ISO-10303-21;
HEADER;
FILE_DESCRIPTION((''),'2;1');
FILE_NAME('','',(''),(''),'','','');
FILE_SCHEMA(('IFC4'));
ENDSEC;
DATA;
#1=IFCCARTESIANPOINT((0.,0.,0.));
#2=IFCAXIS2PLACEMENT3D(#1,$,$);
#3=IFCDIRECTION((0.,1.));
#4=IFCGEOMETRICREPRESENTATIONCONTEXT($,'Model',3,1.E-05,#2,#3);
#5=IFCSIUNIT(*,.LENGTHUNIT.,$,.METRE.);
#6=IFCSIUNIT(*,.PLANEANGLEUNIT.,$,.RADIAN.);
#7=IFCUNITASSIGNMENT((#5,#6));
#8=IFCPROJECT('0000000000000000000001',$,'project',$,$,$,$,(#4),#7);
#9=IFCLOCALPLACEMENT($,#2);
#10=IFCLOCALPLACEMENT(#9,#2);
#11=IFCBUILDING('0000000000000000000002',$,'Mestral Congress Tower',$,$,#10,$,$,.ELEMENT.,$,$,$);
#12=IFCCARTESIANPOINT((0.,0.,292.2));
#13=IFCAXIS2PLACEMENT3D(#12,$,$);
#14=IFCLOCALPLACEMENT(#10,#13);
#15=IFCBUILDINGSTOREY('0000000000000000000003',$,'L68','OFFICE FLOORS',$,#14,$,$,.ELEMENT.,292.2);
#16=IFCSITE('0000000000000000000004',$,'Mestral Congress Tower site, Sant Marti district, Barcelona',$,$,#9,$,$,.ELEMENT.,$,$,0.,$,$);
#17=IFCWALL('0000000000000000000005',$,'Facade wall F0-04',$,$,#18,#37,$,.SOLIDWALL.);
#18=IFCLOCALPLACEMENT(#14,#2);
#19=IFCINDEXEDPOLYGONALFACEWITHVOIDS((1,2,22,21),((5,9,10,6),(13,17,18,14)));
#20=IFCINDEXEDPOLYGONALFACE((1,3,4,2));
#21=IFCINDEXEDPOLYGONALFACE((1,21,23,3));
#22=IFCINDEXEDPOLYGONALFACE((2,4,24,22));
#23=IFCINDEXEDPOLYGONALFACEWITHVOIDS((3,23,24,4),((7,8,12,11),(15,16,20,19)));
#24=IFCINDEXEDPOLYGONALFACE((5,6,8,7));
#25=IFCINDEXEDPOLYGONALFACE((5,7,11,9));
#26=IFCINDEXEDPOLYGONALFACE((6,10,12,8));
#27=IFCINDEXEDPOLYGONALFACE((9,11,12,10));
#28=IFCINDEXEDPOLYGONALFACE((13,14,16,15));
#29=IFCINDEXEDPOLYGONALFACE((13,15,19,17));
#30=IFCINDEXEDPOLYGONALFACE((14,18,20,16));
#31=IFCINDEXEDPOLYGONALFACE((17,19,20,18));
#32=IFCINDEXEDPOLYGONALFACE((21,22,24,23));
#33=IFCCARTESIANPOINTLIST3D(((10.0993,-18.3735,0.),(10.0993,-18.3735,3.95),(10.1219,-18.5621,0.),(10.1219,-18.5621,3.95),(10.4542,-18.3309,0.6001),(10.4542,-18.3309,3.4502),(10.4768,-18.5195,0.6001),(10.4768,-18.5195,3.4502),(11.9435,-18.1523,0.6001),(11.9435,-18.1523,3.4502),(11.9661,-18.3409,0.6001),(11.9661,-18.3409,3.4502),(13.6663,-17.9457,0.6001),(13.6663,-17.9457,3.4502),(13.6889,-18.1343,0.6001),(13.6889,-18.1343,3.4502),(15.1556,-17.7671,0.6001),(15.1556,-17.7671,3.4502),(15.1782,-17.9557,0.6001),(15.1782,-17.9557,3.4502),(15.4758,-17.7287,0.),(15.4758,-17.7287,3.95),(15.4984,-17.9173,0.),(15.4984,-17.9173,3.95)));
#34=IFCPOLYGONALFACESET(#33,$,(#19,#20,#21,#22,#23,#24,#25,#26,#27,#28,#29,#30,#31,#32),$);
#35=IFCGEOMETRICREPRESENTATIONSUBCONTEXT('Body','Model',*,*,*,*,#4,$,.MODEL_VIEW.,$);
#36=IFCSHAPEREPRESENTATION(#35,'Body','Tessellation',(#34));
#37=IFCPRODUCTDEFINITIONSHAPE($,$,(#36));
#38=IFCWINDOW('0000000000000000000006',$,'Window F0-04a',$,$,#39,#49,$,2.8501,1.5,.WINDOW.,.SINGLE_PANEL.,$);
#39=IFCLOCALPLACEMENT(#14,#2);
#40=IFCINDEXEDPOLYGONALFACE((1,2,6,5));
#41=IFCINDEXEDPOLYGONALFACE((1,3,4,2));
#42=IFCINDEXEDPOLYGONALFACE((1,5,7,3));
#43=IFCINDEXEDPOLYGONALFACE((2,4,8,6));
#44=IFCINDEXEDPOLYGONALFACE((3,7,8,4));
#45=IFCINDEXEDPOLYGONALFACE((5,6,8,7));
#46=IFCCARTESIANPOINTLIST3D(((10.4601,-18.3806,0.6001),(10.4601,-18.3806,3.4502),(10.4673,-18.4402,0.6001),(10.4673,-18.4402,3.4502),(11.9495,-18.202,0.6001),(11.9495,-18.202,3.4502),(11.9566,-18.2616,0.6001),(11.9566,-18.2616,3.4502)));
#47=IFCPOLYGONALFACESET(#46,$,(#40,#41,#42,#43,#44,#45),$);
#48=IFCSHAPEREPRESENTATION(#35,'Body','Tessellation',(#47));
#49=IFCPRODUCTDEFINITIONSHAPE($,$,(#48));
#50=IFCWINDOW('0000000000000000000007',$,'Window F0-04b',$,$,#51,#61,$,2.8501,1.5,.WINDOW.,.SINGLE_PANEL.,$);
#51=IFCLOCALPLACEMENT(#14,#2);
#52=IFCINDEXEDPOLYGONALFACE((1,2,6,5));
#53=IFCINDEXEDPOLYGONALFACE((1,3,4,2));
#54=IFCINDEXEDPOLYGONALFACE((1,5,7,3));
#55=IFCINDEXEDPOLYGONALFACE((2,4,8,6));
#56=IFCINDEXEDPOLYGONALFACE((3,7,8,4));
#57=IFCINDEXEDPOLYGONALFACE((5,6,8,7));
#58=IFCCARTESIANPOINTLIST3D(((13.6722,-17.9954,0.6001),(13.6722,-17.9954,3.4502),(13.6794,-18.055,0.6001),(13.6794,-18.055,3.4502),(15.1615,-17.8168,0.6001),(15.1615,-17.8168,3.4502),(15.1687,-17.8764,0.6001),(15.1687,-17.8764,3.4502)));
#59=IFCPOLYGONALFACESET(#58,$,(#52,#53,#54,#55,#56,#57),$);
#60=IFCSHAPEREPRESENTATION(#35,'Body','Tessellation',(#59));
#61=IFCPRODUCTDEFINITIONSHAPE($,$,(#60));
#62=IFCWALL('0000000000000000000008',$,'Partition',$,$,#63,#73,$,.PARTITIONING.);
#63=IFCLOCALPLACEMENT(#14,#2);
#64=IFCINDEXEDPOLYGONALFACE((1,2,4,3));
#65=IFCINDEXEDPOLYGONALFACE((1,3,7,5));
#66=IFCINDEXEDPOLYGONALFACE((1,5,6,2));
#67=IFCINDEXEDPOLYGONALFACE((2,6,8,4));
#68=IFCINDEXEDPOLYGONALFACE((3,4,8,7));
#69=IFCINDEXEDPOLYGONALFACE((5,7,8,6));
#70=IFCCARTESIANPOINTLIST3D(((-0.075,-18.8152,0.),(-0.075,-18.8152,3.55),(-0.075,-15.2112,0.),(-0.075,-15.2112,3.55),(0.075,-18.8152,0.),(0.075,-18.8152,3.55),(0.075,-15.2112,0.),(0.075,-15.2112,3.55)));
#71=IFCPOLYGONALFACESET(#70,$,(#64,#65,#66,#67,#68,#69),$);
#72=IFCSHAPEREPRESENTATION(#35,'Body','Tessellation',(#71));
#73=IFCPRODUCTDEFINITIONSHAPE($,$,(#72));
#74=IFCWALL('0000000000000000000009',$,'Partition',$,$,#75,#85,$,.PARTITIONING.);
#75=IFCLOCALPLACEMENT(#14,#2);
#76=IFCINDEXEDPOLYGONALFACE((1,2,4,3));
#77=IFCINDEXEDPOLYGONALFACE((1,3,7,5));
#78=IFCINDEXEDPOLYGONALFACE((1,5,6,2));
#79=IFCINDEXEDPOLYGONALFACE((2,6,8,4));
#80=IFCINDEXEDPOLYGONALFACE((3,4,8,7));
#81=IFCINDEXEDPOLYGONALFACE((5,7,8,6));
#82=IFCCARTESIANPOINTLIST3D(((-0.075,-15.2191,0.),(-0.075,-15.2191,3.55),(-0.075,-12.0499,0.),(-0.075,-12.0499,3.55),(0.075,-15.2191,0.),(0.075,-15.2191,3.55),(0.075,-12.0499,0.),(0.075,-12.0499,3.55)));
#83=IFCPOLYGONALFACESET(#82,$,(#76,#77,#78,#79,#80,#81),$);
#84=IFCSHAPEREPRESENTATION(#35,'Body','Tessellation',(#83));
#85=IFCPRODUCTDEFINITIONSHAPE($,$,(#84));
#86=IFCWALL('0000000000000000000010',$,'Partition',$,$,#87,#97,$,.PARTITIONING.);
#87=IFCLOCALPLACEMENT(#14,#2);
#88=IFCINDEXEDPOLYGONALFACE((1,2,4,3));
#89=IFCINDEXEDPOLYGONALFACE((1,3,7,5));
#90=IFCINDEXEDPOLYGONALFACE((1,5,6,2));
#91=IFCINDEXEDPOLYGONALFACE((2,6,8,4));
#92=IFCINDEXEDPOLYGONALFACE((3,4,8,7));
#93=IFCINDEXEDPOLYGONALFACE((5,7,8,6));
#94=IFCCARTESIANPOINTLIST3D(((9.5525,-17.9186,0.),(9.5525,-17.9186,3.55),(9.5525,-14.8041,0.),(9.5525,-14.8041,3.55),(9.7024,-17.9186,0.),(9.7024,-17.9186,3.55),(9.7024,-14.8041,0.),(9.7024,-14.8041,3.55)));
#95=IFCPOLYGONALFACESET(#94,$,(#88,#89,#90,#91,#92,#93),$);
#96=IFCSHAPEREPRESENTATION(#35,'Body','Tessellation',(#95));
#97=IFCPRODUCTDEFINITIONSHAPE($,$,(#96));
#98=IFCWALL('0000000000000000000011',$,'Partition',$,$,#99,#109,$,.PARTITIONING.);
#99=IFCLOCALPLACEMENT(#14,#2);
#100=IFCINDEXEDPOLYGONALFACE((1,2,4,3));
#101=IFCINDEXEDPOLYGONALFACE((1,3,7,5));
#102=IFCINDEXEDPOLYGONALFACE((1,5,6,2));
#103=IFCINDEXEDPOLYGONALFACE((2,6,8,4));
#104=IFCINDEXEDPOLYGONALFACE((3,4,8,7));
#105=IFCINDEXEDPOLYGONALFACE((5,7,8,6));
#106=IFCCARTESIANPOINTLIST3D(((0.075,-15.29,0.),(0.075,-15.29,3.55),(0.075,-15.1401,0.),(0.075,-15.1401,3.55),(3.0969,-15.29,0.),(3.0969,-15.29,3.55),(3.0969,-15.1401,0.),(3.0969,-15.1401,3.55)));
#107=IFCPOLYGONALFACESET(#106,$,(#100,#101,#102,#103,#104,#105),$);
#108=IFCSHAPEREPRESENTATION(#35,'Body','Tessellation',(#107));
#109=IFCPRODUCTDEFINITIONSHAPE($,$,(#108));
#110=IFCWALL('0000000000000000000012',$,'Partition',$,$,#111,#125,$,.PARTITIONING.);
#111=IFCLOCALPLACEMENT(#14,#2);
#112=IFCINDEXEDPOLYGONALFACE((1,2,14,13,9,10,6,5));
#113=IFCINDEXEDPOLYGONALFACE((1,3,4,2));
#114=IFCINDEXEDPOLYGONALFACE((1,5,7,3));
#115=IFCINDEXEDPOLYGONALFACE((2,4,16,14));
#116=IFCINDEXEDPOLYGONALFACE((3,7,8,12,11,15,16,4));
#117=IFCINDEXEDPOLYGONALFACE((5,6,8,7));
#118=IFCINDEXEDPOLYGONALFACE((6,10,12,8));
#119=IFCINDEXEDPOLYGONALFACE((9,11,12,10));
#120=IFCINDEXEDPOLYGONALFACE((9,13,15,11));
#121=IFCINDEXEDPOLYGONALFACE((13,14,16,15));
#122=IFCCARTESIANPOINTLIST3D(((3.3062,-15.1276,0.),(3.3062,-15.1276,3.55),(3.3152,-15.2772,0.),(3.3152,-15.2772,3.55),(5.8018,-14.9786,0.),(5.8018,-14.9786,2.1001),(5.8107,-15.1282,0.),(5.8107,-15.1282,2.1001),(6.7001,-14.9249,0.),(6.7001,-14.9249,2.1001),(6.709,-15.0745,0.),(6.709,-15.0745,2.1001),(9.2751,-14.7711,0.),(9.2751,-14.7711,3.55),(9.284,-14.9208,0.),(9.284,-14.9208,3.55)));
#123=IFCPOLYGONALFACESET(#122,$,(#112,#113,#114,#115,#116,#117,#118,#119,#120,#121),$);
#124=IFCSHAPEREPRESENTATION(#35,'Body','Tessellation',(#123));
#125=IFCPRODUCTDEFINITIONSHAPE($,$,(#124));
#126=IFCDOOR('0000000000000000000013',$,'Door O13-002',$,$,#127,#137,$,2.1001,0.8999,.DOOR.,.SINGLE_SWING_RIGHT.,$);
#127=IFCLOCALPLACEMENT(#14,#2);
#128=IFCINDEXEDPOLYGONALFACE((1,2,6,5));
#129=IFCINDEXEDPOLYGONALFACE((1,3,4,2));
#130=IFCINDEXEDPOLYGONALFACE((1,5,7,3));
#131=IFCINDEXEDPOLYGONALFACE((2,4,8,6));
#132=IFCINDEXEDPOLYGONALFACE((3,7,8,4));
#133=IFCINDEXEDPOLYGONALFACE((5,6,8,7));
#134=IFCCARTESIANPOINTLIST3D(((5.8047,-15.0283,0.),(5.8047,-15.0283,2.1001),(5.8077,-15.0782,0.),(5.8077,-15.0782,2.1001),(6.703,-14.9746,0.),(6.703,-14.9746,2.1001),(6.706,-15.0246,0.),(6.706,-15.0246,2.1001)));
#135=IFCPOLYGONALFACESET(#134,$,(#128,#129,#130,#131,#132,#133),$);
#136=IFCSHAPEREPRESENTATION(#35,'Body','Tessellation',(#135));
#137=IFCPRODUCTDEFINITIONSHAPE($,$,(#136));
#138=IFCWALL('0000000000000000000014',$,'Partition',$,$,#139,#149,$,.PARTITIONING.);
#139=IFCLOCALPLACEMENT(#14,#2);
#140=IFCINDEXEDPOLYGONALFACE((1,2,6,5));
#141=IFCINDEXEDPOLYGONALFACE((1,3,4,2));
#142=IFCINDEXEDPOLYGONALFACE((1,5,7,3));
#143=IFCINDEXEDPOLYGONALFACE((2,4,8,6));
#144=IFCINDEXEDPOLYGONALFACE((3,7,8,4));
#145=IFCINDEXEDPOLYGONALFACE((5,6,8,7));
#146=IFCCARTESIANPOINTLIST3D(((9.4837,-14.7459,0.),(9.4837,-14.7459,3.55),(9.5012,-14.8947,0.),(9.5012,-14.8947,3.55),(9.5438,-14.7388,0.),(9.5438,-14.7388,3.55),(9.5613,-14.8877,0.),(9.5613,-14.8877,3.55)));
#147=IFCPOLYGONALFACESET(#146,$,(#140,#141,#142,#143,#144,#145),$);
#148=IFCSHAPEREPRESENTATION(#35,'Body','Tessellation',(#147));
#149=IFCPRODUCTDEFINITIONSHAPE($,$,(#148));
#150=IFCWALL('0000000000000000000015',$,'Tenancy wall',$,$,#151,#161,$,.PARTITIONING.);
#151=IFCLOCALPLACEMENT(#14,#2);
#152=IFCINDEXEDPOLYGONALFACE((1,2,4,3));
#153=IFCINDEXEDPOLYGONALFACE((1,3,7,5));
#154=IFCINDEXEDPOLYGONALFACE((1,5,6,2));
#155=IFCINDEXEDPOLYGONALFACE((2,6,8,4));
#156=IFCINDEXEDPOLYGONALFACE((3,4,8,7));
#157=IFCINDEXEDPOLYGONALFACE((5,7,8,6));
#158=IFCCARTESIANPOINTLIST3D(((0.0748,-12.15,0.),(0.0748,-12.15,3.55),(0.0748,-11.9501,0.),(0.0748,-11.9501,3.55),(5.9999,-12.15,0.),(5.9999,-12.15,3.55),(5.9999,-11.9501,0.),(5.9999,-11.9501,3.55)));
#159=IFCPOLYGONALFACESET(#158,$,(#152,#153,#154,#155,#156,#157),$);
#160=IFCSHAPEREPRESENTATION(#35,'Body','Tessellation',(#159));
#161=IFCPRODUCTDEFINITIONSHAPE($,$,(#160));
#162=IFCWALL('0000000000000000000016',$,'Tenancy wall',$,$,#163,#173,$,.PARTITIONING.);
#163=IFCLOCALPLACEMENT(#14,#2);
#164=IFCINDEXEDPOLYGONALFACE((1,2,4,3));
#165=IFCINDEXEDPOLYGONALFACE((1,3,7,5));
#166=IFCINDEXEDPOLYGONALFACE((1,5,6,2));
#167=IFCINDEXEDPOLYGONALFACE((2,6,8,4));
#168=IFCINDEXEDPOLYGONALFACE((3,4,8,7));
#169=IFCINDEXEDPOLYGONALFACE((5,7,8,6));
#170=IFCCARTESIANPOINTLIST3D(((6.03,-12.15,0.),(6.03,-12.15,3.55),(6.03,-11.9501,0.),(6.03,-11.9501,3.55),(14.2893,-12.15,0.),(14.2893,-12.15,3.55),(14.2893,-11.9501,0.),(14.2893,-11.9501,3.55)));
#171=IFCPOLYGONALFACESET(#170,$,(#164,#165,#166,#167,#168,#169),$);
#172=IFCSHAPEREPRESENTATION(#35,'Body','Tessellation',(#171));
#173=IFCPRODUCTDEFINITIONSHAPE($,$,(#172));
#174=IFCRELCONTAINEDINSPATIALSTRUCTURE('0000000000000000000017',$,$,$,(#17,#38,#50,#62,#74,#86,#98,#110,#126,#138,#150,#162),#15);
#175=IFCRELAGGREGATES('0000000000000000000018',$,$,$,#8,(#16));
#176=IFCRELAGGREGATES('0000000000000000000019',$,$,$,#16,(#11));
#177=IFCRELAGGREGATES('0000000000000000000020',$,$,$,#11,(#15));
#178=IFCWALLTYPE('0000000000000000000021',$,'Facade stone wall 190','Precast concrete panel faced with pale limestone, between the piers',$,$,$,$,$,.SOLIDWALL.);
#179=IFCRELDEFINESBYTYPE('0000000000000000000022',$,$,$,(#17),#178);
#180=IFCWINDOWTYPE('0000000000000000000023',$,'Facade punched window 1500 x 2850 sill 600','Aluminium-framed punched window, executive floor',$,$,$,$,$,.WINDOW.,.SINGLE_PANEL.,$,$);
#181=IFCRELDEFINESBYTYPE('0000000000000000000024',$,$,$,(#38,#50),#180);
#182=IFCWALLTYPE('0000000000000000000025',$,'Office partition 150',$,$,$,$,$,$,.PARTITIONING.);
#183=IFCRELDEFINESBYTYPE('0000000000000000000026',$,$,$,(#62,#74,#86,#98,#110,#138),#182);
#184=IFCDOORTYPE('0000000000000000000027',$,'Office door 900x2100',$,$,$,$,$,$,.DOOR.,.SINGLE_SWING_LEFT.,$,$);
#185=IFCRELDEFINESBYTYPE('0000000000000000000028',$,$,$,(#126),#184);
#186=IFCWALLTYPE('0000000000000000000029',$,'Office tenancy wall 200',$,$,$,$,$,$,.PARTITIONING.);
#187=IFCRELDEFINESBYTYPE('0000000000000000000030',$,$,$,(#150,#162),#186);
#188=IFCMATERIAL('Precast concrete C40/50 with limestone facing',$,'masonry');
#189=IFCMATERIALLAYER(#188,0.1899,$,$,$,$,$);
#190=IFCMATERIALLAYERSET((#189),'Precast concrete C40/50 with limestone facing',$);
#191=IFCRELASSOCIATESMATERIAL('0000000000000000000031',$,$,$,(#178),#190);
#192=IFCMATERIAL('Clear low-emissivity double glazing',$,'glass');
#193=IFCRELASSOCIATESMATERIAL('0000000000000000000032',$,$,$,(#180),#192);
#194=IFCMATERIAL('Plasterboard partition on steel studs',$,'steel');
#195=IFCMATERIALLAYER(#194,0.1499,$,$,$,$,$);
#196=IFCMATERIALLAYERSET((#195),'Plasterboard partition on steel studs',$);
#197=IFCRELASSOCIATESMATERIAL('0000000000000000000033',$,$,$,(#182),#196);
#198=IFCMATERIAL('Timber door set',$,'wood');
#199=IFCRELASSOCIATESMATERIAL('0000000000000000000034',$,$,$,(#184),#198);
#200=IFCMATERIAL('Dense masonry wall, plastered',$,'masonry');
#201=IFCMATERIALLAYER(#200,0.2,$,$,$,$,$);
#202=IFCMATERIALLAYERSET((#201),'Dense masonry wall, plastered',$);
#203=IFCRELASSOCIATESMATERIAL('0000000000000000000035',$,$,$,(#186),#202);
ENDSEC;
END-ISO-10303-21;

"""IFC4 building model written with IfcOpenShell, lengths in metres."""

from ifc_helpers import new_model, si_unit, direction, frame, frame_2d, origin, place, context, subcontext, project, spatial, rectangle, extrude, material, layer, layer_set, type_object, element, fill, save


model = new_model("IFC4")

# Units and contexts
model_context = context("Model", 3, precision=1e-05, world=origin(), true_north=direction((0.0, 1.0)))
body_context = subcontext(model_context, "Body", "Model", "MODEL_VIEW")
ifc_project = project(units=[si_unit("LENGTHUNIT", "METRE"), si_unit("PLANEANGLEUNIT", "RADIAN")], contexts=[model_context])

# Site, building, storey
site_placement = place(None, origin())
site = spatial("IfcSite", under=ifc_project, at=site_placement, Name="Mestral Congress Tower site, Sant Marti district, Barcelona", CompositionType="ELEMENT", RefElevation=0.0)
building_placement = place(site_placement, origin())
building = spatial("IfcBuilding", under=site, at=building_placement, Name="Mestral Congress Tower", CompositionType="ELEMENT")
storey_placement = place(building_placement, frame((0.0, 0.0, 292.2)))
storey = spatial("IfcBuildingStorey", under=building, at=storey_placement, Name="L68", Description="OFFICE FLOORS", CompositionType="ELEMENT", Elevation=292.2)

# Wall, openings, windows
ifc_material_1 = material(Name="Precast concrete C40/50 with limestone facing", Category="masonry")
ifc_layer_1 = layer(ifc_material_1, 0.1899)
ifc_layer_set_1 = layer_set([ifc_layer_1], Name="Precast concrete C40/50 with limestone facing")
wall_type_1 = type_object("IfcWallType", Name="Facade stone wall 190", Description="Precast concrete panel faced with pale limestone, between the piers", PredefinedType="SOLIDWALL", material=ifc_layer_set_1)
ifc_material_2 = material(Name="Clear low-emissivity double glazing", Category="glass")
window_type = type_object("IfcWindowType", Name="Facade punched window 1500 x 2850 sill 600", Description="Aluminium-framed punched window, executive floor", PartitioningType="SINGLE_PANEL", PredefinedType="WINDOW", material=ifc_material_2)
wall_1_placement = place(storey_placement, frame((10.1106, -18.4678, 0.0), z_axis=(0.0, 0.0, 1.0), x_axis=(0.992886, 0.119072, 0.0)))
wall_1 = element("IfcWall", 1, at=wall_1_placement, inside=storey, type_object=wall_type_1, Name="Facade wall F0-04", PredefinedType="SOLIDWALL", context=body_context, shape_type="SweptSolid", body=[
    extrude(rectangle(XDim=5.415, YDim=0.1899, at=frame_2d((2.7075, 0.0))), origin(), (0.0, 0.0, 1.0), 3.95),
])
opening_1_placement = place(wall_1_placement, frame((0.3574, 0.0, 0.6001)))
opening_1 = element("IfcOpeningElement", 2, at=opening_1_placement, cuts=wall_1, PredefinedType="OPENING", context=body_context, shape_type="SweptSolid", body=[
    extrude(rectangle(XDim=1.5, YDim=2.8501, at=frame_2d((0.75, 1.425))), frame((0.0, 0.105, 0.0), z_axis=(0.0, -1.0, 0.0), x_axis=(1.0, 0.0, 0.0)), (0.0, 0.0, 1.0), 0.21),
])
opening_2_placement = place(wall_1_placement, frame((3.5925, 0.0, 0.6001)))
opening_2 = element("IfcOpeningElement", 3, at=opening_2_placement, cuts=wall_1, PredefinedType="OPENING", context=body_context, shape_type="SweptSolid", body=[
    extrude(rectangle(XDim=1.5, YDim=2.8501, at=frame_2d((0.75, 1.425))), frame((0.0, 0.105, 0.0), z_axis=(0.0, -1.0, 0.0), x_axis=(1.0, 0.0, 0.0)), (0.0, 0.0, 1.0), 0.21),
])
window_1_placement = place(opening_1_placement, origin())
window_1 = element("IfcWindow", 4, at=window_1_placement, inside=storey, type_object=window_type, Name="Window F0-04a", OverallHeight=2.8501, OverallWidth=1.5, PartitioningType="SINGLE_PANEL", PredefinedType="WINDOW", context=body_context, shape_type="SweptSolid", body=[
    extrude(rectangle(XDim=1.5, YDim=2.8501, at=frame_2d((0.75, 1.425))), frame((0.0, 0.0449, 0.0), z_axis=(0.0, -1.0, 0.0), x_axis=(1.0, 0.0, 0.0)), (0.0, 0.0, 1.0), 0.0601),
])
fill(opening_1, window_1)
window_2_placement = place(opening_2_placement, origin())
window_2 = element("IfcWindow", 5, at=window_2_placement, inside=storey, type_object=window_type, Name="Window F0-04b", OverallHeight=2.8501, OverallWidth=1.5, PartitioningType="SINGLE_PANEL", PredefinedType="WINDOW", context=body_context, shape_type="SweptSolid", body=[
    extrude(rectangle(XDim=1.5, YDim=2.8501, at=frame_2d((0.75, 1.425))), frame((0.0, 0.0449, 0.0), z_axis=(0.0, -1.0, 0.0), x_axis=(1.0, 0.0, 0.0)), (0.0, 0.0, 1.0), 0.0601),
])
fill(opening_2, window_2)

# Walls
ifc_material_3 = material(Name="Plasterboard partition on steel studs", Category="steel")
ifc_layer_2 = layer(ifc_material_3, 0.1499)
ifc_layer_set_2 = layer_set([ifc_layer_2], Name="Plasterboard partition on steel studs")
wall_type_2 = type_object("IfcWallType", Name="Office partition 150", PredefinedType="PARTITIONING", material=ifc_layer_set_2)
wall_2_placement = place(storey_placement, frame((0.0, -15.2112, 0.0), z_axis=(0.0, 0.0, 1.0), x_axis=(0.0, -1.0, 0.0)))
element("IfcWall", 6, at=wall_2_placement, inside=storey, type_object=wall_type_2, Name="Partition", PredefinedType="PARTITIONING", context=body_context, shape_type="SweptSolid", body=[
    extrude(rectangle(XDim=3.604, YDim=0.1499, at=frame_2d((1.802, 0.0))), origin(), (0.0, 0.0, 1.0), 3.55),
])
wall_3_placement = place(storey_placement, frame((0.0, -12.05, 0.0), z_axis=(0.0, 0.0, 1.0), x_axis=(0.0, -1.0, 0.0)))
element("IfcWall", 7, at=wall_3_placement, inside=storey, type_object=wall_type_2, Name="Partition", PredefinedType="PARTITIONING", context=body_context, shape_type="SweptSolid", body=[
    extrude(rectangle(XDim=3.1692, YDim=0.1499, at=frame_2d((1.5845, 0.0))), origin(), (0.0, 0.0, 1.0), 3.55),
])
wall_4_placement = place(storey_placement, frame((9.6274, -14.8042, 0.0), z_axis=(0.0, 0.0, 1.0), x_axis=(0.0, -1.0, 0.0)))
element("IfcWall", 8, at=wall_4_placement, inside=storey, type_object=wall_type_2, Name="Partition", PredefinedType="PARTITIONING", context=body_context, shape_type="SweptSolid", body=[
    extrude(rectangle(XDim=3.1145, YDim=0.1499, at=frame_2d((1.5571, 0.0))), origin(), (0.0, 0.0, 1.0), 3.55),
])
wall_5_placement = place(storey_placement, frame((0.075, -15.2151, 0.0), z_axis=(0.0, 0.0, 1.0), x_axis=(1.0, 0.0, 0.0)))
element("IfcWall", 9, at=wall_5_placement, inside=storey, type_object=wall_type_2, Name="Partition", PredefinedType="PARTITIONING", context=body_context, shape_type="SweptSolid", body=[
    extrude(rectangle(XDim=3.022, YDim=0.1499, at=frame_2d((1.511, 0.0))), origin(), (0.0, 0.0, 1.0), 3.55),
])

# Wall, opening, door
wall_6_placement = place(storey_placement, frame((9.2795, -14.8459, 0.0), z_axis=(0.0, 0.0, 1.0), x_axis=(-0.998222, -0.059612, 0.0)))
wall_6 = element("IfcWall", 10, at=wall_6_placement, inside=storey, type_object=wall_type_2, Name="Partition", PredefinedType="PARTITIONING", context=body_context, shape_type="SweptSolid", body=[
    extrude(rectangle(XDim=5.9795, YDim=0.1499, at=frame_2d((2.9897, 0.0))), origin(), (0.0, 0.0, 1.0), 3.55),
])
opening_3_placement = place(wall_6_placement, frame((2.5796, 0.0, 0.0)))
opening_3 = element("IfcOpeningElement", 11, at=opening_3_placement, cuts=wall_6, PredefinedType="OPENING", context=body_context, shape_type="SweptSolid", body=[
    extrude(rectangle(XDim=0.8999, YDim=2.1001, at=frame_2d((0.45, 1.05))), frame((0.0, 0.085, 0.0), z_axis=(0.0, -1.0, 0.0), x_axis=(1.0, 0.0, 0.0)), (0.0, 0.0, 1.0), 0.1699),
])
ifc_material_4 = material(Name="Timber door set", Category="wood")
door_type = type_object("IfcDoorType", Name="Office door 900x2100", OperationType="SINGLE_SWING_LEFT", PredefinedType="DOOR", material=ifc_material_4)
door_placement = place(opening_3_placement, origin())
door = element("IfcDoor", 12, at=door_placement, inside=storey, type_object=door_type, Name="Door O13-002", OperationType="SINGLE_SWING_RIGHT", OverallHeight=2.1001, OverallWidth=0.8999, PredefinedType="DOOR", context=body_context, shape_type="SweptSolid", body=[
    extrude(rectangle(XDim=0.8999, YDim=2.1001, at=frame_2d((0.45, 1.05))), frame((0.0, 0.0249, 0.0), z_axis=(0.0, -1.0, 0.0), x_axis=(1.0, 0.0, 0.0)), (0.0, 0.0, 1.0), 0.05),
])
fill(opening_3, door)

# Walls
wall_7_placement = place(storey_placement, frame((9.4924, -14.8203, 0.0), z_axis=(0.0, 0.0, 1.0), x_axis=(0.993123, 0.117075, 0.0)))
element("IfcWall", 13, at=wall_7_placement, inside=storey, type_object=wall_type_2, Name="Partition", PredefinedType="PARTITIONING", context=body_context, shape_type="SweptSolid", body=[
    extrude(rectangle(XDim=0.0605, YDim=0.1499, at=frame_2d((0.0303, 0.0))), origin(), (0.0, 0.0, 1.0), 3.55),
])
ifc_material_5 = material(Name="Dense masonry wall, plastered", Category="masonry")
ifc_layer_3 = layer(ifc_material_5, 0.2)
ifc_layer_set_3 = layer_set([ifc_layer_3], Name="Dense masonry wall, plastered")
wall_type_3 = type_object("IfcWallType", Name="Office tenancy wall 200", PredefinedType="PARTITIONING", material=ifc_layer_set_3)
wall_8_placement = place(storey_placement, frame((0.075, -12.05, 0.0), z_axis=(0.0, 0.0, 1.0), x_axis=(1.0, 0.0, 0.0)))
element("IfcWall", 14, at=wall_8_placement, inside=storey, type_object=wall_type_3, Name="Tenancy wall", PredefinedType="PARTITIONING", context=body_context, shape_type="SweptSolid", body=[
    extrude(rectangle(XDim=5.925, YDim=0.2, at=frame_2d((2.9624, 0.0))), origin(), (0.0, 0.0, 1.0), 3.55),
])
wall_9_placement = place(storey_placement, frame((6.03, -12.05, 0.0), z_axis=(0.0, 0.0, 1.0), x_axis=(1.0, 0.0, 0.0)))
element("IfcWall", 15, at=wall_9_placement, inside=storey, type_object=wall_type_3, Name="Tenancy wall", PredefinedType="PARTITIONING", context=body_context, shape_type="SweptSolid", body=[
    extrude(rectangle(XDim=8.2593, YDim=0.2, at=frame_2d((4.1296, 0.0))), origin(), (0.0, 0.0, 1.0), 3.55),
])

save(model, "model.ifc")
